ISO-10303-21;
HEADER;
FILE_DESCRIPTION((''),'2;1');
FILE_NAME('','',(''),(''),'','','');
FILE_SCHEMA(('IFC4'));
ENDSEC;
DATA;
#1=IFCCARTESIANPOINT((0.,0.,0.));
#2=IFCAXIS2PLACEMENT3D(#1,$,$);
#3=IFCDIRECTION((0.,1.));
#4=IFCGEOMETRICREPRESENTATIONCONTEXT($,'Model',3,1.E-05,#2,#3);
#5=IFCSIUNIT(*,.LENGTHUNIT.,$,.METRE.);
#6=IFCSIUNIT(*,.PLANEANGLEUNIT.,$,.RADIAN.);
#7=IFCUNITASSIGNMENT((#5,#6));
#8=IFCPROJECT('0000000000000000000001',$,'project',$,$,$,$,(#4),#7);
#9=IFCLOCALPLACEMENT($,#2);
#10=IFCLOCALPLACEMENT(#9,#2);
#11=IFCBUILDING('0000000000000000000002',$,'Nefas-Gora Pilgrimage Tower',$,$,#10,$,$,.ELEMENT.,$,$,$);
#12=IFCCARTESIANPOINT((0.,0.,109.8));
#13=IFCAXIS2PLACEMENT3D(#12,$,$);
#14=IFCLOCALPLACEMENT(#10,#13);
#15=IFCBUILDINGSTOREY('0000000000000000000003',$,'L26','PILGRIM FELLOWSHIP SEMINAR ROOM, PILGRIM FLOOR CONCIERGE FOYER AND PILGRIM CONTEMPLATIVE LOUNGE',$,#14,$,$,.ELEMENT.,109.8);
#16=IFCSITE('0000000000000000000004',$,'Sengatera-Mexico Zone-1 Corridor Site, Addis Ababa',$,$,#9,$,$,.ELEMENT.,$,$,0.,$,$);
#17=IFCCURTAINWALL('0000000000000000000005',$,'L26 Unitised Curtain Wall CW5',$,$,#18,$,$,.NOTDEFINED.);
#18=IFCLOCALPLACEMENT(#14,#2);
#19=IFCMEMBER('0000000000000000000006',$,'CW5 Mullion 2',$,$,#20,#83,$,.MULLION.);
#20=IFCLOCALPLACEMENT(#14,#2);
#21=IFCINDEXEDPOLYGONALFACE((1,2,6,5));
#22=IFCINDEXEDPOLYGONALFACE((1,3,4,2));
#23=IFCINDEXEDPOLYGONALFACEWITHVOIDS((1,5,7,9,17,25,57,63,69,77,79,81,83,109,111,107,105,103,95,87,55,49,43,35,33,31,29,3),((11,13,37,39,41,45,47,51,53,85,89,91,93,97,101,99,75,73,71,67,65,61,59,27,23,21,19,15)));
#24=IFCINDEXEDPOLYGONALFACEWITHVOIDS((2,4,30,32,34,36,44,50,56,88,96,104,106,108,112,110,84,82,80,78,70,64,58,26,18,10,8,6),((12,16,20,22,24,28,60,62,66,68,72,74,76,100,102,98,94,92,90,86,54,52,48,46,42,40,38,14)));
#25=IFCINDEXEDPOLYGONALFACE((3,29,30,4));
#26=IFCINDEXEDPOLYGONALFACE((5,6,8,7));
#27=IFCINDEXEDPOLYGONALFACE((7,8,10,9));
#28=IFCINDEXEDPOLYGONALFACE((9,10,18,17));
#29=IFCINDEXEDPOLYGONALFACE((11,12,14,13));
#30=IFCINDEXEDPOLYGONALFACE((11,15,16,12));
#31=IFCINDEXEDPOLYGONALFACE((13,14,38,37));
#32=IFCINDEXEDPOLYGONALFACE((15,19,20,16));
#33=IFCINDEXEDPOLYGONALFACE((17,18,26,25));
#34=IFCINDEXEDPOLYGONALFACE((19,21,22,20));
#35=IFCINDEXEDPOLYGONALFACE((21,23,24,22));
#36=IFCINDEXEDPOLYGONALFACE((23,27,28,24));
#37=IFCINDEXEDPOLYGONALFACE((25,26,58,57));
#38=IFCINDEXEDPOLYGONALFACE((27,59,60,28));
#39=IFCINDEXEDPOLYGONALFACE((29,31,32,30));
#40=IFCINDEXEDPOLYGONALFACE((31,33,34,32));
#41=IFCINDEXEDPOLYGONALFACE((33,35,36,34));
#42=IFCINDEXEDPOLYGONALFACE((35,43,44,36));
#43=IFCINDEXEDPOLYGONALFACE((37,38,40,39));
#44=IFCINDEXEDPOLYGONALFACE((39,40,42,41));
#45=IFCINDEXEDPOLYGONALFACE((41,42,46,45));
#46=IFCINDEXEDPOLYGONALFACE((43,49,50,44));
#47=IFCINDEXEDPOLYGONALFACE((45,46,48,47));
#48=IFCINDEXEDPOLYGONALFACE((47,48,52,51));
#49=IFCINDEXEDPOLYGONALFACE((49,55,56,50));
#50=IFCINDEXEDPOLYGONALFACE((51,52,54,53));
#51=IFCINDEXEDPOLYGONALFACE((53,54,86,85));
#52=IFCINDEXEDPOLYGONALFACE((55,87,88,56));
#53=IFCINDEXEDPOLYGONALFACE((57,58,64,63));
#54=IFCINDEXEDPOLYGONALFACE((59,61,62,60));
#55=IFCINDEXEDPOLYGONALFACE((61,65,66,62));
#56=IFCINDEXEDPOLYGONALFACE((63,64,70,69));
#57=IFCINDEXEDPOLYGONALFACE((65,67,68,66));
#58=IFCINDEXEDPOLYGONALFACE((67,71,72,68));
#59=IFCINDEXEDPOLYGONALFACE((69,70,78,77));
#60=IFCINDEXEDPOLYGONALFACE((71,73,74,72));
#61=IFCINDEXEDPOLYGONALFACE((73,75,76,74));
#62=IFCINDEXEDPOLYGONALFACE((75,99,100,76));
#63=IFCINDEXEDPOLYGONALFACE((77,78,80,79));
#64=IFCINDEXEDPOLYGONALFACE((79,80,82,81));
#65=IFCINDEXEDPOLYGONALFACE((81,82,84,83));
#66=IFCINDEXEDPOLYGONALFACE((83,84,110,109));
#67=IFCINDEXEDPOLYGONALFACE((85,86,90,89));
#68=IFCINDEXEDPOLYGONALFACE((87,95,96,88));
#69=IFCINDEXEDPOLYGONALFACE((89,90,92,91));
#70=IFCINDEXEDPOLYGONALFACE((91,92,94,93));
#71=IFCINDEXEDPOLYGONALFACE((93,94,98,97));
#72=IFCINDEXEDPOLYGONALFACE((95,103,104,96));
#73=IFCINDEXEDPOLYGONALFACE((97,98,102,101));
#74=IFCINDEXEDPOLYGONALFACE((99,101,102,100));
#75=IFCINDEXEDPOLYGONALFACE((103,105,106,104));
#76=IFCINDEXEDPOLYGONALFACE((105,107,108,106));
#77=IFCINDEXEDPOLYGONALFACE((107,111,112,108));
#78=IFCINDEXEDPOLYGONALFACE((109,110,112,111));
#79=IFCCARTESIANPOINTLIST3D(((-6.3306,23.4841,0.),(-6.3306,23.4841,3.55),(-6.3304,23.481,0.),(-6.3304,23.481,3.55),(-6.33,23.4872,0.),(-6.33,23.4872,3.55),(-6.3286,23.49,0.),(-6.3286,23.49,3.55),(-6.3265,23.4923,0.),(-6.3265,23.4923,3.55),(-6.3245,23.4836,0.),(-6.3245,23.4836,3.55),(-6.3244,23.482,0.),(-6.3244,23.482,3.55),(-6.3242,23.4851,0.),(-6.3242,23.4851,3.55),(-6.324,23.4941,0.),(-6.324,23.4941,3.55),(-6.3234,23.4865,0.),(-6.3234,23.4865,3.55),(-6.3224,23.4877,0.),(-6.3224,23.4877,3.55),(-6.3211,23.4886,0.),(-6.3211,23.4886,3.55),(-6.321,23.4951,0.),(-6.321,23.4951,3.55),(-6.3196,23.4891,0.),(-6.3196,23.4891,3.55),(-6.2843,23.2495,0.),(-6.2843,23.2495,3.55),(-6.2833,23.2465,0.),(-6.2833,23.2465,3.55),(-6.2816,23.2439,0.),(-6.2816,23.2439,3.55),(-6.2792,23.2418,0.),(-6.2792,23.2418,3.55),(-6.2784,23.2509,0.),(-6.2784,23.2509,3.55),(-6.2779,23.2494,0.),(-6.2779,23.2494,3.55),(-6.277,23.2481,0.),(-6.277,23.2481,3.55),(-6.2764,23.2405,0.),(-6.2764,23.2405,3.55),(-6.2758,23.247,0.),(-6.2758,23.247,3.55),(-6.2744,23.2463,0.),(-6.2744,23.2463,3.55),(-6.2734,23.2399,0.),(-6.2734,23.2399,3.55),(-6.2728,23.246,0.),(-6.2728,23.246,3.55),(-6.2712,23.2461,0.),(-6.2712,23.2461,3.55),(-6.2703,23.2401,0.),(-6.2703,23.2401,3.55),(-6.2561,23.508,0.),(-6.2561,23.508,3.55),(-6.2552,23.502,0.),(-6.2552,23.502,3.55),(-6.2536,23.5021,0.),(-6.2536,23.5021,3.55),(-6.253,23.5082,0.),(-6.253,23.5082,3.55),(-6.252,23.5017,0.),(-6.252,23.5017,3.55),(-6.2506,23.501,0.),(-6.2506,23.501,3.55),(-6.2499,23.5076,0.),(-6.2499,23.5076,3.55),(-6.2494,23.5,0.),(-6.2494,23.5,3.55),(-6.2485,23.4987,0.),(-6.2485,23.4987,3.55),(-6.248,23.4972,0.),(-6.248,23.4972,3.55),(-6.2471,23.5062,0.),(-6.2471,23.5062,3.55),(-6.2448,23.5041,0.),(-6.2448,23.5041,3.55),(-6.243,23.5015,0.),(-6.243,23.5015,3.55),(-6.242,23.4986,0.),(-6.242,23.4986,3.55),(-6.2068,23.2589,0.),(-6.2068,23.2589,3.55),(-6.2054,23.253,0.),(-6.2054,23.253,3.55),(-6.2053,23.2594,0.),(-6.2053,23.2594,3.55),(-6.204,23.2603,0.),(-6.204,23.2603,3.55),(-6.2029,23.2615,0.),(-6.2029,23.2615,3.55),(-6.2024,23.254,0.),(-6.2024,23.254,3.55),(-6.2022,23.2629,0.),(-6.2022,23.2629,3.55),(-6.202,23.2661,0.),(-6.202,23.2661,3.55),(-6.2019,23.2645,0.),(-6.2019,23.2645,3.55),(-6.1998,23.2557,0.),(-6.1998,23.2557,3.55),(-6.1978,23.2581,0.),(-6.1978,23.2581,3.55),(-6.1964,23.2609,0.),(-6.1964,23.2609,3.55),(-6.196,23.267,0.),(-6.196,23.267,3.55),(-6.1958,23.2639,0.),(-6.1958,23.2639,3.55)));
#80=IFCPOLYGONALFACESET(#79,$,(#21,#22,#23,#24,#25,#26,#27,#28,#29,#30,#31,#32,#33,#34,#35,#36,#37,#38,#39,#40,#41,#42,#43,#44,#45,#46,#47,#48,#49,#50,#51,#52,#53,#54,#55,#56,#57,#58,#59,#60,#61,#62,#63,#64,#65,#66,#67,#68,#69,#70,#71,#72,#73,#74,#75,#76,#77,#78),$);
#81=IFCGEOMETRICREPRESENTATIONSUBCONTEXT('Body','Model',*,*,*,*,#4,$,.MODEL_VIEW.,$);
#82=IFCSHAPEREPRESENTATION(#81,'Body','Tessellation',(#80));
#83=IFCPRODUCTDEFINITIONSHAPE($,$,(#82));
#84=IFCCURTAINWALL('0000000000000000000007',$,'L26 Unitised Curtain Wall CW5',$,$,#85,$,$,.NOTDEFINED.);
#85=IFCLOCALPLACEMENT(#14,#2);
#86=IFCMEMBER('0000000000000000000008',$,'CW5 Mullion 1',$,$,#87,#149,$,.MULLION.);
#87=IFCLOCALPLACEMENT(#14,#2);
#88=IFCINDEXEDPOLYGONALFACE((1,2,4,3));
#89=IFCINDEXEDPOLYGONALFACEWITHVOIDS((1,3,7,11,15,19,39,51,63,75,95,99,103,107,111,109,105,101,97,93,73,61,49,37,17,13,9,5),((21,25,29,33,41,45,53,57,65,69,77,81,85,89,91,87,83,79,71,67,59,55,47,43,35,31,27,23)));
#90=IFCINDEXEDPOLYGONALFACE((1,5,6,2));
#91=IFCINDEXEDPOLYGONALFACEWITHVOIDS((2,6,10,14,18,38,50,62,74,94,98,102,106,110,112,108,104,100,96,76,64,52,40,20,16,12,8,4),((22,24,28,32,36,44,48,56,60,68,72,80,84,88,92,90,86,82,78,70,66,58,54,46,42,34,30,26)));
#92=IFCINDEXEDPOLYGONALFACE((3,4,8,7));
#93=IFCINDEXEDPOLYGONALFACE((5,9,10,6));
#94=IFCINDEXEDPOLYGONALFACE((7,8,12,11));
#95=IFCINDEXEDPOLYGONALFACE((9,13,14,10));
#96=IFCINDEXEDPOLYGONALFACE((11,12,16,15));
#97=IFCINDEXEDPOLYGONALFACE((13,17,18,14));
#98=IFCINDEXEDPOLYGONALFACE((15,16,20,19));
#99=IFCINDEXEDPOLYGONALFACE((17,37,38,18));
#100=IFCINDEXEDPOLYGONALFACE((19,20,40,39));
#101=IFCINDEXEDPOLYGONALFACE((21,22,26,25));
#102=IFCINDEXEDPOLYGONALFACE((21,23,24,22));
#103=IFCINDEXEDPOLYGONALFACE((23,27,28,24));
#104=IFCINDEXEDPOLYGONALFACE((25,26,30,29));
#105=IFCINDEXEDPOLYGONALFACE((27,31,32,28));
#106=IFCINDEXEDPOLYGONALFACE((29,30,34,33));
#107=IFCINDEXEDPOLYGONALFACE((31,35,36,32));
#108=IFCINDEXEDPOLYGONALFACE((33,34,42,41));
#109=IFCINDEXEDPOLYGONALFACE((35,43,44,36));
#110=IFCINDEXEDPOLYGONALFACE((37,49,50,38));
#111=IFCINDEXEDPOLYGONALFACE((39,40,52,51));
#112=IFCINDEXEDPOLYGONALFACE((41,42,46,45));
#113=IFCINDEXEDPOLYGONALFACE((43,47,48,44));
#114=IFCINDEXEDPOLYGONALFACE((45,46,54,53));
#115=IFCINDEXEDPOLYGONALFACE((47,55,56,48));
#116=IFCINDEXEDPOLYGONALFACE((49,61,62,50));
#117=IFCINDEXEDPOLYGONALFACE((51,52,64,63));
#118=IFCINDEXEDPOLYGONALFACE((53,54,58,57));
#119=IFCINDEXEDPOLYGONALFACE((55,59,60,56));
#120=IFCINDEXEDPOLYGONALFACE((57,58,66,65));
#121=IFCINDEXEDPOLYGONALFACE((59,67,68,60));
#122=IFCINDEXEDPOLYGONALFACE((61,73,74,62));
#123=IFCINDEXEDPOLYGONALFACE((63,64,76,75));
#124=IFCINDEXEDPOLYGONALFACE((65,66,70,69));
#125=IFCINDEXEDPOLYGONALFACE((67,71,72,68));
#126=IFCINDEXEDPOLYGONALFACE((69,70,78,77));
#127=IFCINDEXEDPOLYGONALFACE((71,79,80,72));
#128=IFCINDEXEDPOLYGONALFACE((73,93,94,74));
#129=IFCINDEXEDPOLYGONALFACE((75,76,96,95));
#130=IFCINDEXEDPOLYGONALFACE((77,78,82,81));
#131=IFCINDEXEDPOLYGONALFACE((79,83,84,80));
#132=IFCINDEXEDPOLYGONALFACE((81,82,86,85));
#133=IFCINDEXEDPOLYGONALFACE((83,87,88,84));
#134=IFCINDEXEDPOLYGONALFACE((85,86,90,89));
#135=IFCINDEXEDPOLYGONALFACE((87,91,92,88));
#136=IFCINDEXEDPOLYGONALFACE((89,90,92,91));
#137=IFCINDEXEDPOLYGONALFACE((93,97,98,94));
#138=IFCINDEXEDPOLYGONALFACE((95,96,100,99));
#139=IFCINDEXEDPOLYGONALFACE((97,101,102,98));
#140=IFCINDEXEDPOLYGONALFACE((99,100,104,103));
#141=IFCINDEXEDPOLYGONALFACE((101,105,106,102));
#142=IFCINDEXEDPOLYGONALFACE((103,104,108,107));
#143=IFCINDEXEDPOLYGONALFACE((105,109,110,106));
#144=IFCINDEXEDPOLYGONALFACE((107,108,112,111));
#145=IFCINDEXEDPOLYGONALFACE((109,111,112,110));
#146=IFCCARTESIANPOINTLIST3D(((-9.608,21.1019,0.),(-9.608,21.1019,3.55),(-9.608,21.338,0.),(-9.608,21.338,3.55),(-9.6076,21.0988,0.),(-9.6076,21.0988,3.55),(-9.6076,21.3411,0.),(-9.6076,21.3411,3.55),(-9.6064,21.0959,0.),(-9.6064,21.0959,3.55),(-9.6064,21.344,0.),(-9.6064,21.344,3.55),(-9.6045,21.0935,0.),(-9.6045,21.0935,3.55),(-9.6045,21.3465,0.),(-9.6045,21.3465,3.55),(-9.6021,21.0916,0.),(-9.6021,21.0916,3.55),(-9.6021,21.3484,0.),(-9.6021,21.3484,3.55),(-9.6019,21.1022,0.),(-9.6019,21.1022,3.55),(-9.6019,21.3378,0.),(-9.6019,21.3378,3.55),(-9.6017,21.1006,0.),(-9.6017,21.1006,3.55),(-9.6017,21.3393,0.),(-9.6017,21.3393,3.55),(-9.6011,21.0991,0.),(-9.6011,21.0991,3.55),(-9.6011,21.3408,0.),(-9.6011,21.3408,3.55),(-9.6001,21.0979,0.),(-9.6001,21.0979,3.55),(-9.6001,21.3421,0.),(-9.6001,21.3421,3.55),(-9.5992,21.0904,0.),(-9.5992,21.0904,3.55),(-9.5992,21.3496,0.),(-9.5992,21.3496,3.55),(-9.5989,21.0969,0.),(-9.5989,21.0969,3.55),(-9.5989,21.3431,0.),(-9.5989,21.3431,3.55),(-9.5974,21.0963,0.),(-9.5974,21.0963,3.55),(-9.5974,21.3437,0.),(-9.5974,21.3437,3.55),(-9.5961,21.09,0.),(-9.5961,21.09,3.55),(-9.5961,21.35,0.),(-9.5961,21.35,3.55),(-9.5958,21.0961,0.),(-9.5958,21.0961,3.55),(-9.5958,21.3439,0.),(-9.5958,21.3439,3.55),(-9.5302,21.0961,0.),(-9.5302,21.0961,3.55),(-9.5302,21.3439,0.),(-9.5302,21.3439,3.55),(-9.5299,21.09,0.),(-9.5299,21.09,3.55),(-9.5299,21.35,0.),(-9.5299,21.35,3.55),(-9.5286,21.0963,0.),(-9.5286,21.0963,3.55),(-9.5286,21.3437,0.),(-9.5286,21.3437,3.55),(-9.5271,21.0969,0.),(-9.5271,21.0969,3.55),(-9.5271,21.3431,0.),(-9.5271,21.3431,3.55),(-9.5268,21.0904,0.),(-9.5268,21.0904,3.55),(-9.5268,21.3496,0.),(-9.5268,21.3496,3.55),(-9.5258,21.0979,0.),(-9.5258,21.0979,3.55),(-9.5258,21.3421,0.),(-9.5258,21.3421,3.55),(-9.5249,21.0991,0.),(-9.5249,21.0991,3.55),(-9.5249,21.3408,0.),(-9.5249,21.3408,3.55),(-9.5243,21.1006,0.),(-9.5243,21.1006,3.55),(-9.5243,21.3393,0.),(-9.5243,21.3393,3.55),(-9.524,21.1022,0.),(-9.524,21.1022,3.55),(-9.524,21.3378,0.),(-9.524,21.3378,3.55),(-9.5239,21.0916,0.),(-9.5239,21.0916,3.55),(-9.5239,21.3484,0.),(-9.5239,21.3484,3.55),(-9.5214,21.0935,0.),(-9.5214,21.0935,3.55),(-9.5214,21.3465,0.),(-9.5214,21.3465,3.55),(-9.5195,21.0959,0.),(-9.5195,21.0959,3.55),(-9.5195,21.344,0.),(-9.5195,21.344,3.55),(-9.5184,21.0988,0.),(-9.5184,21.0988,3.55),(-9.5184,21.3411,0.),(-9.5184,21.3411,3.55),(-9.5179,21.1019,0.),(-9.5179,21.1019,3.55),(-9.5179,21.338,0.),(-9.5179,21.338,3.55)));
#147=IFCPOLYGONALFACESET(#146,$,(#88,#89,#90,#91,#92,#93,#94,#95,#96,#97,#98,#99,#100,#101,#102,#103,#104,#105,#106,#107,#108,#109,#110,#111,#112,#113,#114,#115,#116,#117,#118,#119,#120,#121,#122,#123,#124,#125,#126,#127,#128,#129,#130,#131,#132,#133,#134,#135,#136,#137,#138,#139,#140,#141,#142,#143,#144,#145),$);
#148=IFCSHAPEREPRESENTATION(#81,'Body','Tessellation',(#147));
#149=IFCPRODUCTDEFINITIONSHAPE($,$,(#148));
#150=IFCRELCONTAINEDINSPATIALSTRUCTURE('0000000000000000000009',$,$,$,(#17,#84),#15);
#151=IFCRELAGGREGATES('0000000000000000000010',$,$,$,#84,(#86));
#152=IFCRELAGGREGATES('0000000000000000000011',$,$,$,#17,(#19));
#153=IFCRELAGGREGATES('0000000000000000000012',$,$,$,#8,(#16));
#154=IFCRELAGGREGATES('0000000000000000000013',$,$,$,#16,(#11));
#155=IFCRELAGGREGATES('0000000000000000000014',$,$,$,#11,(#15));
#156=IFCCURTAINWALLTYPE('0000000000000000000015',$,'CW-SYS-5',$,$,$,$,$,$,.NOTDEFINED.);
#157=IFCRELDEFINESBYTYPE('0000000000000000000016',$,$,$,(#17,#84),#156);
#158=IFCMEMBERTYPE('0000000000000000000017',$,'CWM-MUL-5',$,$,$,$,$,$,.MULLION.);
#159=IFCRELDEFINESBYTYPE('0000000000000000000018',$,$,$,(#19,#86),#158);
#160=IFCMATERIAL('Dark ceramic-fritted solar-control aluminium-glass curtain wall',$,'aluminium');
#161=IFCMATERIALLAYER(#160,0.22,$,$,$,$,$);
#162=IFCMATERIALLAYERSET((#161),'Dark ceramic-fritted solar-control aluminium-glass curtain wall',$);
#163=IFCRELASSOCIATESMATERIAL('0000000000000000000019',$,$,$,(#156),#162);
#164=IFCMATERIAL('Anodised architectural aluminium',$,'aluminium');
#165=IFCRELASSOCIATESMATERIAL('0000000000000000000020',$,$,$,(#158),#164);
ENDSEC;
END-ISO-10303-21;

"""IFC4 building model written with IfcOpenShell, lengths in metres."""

from ifc_helpers import new_model, si_unit, direction, frame, origin, origin_2d, place, context, subcontext, project, spatial, hollow_rectangle, extrude, source, transform, mapped, material, layer, layer_set, material_profile, profile_set, type_object, element, aggregate, save


model = new_model("IFC4")

# Units and contexts
model_context = context("Model", 3, precision=1e-05, world=origin(), true_north=direction((0.0, 1.0)))
body_context = subcontext(model_context, "Body", "Model", "MODEL_VIEW")
ifc_project = project(units=[si_unit("LENGTHUNIT", "METRE"), si_unit("PLANEANGLEUNIT", "RADIAN")], contexts=[model_context])

# Site, building, storey
site_placement = place(None, origin())
site = spatial("IfcSite", under=ifc_project, at=site_placement, Name="Sengatera-Mexico Zone-1 Corridor Site, Addis Ababa", CompositionType="ELEMENT", RefElevation=0.0)
building_placement = place(site_placement, origin())
building = spatial("IfcBuilding", under=site, at=building_placement, Name="Nefas-Gora Pilgrimage Tower", CompositionType="ELEMENT")
storey_placement = place(building_placement, frame((0.0, 0.0, 109.8)))
storey = spatial("IfcBuildingStorey", under=building, at=storey_placement, Name="L26", Description="PILGRIM FELLOWSHIP SEMINAR ROOM, PILGRIM FLOOR CONCIERGE FOYER AND PILGRIM CONTEMPLATIVE LOUNGE", CompositionType="ELEMENT", Elevation=109.8)

# Shared definitions
ifc_material_1 = material(Name="Dark ceramic-fritted solar-control aluminium-glass curtain wall", Category="aluminium")
ifc_layer_1 = layer(ifc_material_1, 0.22)
ifc_layer_set_1 = layer_set([ifc_layer_1], Name="Dark ceramic-fritted solar-control aluminium-glass curtain wall")
curtain_wall_type = type_object("IfcCurtainWallType", Name="CW-SYS-5", PredefinedType="NOTDEFINED", material=ifc_layer_set_1)
ifc_material_2 = material(Name="Anodised architectural aluminium", Category="aluminium")
ifc_material_profile_1 = material_profile(ifc_material_2, hollow_rectangle(XDim=0.0901, YDim=0.26, WallThickness=0.0061, InnerFilletRadius=0.0061, OuterFilletRadius=0.012, at=origin_2d()), Name="ALU MULLION 90x260")
ifc_profile_set_1 = profile_set([ifc_material_profile_1], Name="Anodised architectural aluminium")
member_type_1 = type_object("IfcMemberType", Name="CWM-MUL-5", PredefinedType="MULLION", material=ifc_profile_set_1)
shared_shape_1 = source(origin(), body_context, "Body", "SweptSolid", [
    extrude(hollow_rectangle(XDim=0.0901, YDim=0.26, WallThickness=0.0061, InnerFilletRadius=0.0061, OuterFilletRadius=0.012, at=origin_2d()), origin(), (0.0, 0.0, 1.0), 3.55),
])

# Curtain walls, members
curtain_wall_1_placement = place(storey_placement, origin())
curtain_wall_1 = element("IfcCurtainWall", 1, at=curtain_wall_1_placement, inside=storey, type_object=curtain_wall_type, Name="L26 Unitised Curtain Wall CW5", PredefinedType="NOTDEFINED")
member_1_placement = place(storey_placement, frame((-6.2632, 23.374, 0.0), z_axis=(0.0, 0.0, 1.0), x_axis=(-0.980783, -0.195102, 0.0)))
member_1 = element("IfcMember", 2, at=member_1_placement, type_object=member_type_1, Name="CW5 Mullion 2", PredefinedType="MULLION", context=body_context, shape_type="MappedRepresentation", body=[
    mapped(shared_shape_1, transform((0.0, 0.0, 0.0), x_axis=(1.0, 0.0, 0.0), y_axis=(0.0, 1.0, 0.0), z_axis=(0.0, 0.0, 1.0), scale=1.0)),
])
curtain_wall_2_placement = place(storey_placement, origin())
curtain_wall_2 = element("IfcCurtainWall", 3, at=curtain_wall_2_placement, inside=storey, type_object=curtain_wall_type, Name="L26 Unitised Curtain Wall CW5", PredefinedType="NOTDEFINED")
member_2_placement = place(storey_placement, frame((-9.563, 21.22, 0.0), z_axis=(0.0, 0.0, 1.0), x_axis=(-1.0, 0.0, 0.0)))
member_2 = element("IfcMember", 4, at=member_2_placement, type_object=member_type_1, Name="CW5 Mullion 1", PredefinedType="MULLION", context=body_context, shape_type="MappedRepresentation", body=[
    mapped(shared_shape_1, transform((0.0, 0.0, 0.0), x_axis=(1.0, 0.0, 0.0), y_axis=(0.0, 1.0, 0.0), z_axis=(0.0, 0.0, 1.0), scale=1.0)),
])
aggregate(curtain_wall_2, [member_2])

aggregate(curtain_wall_1, [member_1])

save(model, "model.ifc")
